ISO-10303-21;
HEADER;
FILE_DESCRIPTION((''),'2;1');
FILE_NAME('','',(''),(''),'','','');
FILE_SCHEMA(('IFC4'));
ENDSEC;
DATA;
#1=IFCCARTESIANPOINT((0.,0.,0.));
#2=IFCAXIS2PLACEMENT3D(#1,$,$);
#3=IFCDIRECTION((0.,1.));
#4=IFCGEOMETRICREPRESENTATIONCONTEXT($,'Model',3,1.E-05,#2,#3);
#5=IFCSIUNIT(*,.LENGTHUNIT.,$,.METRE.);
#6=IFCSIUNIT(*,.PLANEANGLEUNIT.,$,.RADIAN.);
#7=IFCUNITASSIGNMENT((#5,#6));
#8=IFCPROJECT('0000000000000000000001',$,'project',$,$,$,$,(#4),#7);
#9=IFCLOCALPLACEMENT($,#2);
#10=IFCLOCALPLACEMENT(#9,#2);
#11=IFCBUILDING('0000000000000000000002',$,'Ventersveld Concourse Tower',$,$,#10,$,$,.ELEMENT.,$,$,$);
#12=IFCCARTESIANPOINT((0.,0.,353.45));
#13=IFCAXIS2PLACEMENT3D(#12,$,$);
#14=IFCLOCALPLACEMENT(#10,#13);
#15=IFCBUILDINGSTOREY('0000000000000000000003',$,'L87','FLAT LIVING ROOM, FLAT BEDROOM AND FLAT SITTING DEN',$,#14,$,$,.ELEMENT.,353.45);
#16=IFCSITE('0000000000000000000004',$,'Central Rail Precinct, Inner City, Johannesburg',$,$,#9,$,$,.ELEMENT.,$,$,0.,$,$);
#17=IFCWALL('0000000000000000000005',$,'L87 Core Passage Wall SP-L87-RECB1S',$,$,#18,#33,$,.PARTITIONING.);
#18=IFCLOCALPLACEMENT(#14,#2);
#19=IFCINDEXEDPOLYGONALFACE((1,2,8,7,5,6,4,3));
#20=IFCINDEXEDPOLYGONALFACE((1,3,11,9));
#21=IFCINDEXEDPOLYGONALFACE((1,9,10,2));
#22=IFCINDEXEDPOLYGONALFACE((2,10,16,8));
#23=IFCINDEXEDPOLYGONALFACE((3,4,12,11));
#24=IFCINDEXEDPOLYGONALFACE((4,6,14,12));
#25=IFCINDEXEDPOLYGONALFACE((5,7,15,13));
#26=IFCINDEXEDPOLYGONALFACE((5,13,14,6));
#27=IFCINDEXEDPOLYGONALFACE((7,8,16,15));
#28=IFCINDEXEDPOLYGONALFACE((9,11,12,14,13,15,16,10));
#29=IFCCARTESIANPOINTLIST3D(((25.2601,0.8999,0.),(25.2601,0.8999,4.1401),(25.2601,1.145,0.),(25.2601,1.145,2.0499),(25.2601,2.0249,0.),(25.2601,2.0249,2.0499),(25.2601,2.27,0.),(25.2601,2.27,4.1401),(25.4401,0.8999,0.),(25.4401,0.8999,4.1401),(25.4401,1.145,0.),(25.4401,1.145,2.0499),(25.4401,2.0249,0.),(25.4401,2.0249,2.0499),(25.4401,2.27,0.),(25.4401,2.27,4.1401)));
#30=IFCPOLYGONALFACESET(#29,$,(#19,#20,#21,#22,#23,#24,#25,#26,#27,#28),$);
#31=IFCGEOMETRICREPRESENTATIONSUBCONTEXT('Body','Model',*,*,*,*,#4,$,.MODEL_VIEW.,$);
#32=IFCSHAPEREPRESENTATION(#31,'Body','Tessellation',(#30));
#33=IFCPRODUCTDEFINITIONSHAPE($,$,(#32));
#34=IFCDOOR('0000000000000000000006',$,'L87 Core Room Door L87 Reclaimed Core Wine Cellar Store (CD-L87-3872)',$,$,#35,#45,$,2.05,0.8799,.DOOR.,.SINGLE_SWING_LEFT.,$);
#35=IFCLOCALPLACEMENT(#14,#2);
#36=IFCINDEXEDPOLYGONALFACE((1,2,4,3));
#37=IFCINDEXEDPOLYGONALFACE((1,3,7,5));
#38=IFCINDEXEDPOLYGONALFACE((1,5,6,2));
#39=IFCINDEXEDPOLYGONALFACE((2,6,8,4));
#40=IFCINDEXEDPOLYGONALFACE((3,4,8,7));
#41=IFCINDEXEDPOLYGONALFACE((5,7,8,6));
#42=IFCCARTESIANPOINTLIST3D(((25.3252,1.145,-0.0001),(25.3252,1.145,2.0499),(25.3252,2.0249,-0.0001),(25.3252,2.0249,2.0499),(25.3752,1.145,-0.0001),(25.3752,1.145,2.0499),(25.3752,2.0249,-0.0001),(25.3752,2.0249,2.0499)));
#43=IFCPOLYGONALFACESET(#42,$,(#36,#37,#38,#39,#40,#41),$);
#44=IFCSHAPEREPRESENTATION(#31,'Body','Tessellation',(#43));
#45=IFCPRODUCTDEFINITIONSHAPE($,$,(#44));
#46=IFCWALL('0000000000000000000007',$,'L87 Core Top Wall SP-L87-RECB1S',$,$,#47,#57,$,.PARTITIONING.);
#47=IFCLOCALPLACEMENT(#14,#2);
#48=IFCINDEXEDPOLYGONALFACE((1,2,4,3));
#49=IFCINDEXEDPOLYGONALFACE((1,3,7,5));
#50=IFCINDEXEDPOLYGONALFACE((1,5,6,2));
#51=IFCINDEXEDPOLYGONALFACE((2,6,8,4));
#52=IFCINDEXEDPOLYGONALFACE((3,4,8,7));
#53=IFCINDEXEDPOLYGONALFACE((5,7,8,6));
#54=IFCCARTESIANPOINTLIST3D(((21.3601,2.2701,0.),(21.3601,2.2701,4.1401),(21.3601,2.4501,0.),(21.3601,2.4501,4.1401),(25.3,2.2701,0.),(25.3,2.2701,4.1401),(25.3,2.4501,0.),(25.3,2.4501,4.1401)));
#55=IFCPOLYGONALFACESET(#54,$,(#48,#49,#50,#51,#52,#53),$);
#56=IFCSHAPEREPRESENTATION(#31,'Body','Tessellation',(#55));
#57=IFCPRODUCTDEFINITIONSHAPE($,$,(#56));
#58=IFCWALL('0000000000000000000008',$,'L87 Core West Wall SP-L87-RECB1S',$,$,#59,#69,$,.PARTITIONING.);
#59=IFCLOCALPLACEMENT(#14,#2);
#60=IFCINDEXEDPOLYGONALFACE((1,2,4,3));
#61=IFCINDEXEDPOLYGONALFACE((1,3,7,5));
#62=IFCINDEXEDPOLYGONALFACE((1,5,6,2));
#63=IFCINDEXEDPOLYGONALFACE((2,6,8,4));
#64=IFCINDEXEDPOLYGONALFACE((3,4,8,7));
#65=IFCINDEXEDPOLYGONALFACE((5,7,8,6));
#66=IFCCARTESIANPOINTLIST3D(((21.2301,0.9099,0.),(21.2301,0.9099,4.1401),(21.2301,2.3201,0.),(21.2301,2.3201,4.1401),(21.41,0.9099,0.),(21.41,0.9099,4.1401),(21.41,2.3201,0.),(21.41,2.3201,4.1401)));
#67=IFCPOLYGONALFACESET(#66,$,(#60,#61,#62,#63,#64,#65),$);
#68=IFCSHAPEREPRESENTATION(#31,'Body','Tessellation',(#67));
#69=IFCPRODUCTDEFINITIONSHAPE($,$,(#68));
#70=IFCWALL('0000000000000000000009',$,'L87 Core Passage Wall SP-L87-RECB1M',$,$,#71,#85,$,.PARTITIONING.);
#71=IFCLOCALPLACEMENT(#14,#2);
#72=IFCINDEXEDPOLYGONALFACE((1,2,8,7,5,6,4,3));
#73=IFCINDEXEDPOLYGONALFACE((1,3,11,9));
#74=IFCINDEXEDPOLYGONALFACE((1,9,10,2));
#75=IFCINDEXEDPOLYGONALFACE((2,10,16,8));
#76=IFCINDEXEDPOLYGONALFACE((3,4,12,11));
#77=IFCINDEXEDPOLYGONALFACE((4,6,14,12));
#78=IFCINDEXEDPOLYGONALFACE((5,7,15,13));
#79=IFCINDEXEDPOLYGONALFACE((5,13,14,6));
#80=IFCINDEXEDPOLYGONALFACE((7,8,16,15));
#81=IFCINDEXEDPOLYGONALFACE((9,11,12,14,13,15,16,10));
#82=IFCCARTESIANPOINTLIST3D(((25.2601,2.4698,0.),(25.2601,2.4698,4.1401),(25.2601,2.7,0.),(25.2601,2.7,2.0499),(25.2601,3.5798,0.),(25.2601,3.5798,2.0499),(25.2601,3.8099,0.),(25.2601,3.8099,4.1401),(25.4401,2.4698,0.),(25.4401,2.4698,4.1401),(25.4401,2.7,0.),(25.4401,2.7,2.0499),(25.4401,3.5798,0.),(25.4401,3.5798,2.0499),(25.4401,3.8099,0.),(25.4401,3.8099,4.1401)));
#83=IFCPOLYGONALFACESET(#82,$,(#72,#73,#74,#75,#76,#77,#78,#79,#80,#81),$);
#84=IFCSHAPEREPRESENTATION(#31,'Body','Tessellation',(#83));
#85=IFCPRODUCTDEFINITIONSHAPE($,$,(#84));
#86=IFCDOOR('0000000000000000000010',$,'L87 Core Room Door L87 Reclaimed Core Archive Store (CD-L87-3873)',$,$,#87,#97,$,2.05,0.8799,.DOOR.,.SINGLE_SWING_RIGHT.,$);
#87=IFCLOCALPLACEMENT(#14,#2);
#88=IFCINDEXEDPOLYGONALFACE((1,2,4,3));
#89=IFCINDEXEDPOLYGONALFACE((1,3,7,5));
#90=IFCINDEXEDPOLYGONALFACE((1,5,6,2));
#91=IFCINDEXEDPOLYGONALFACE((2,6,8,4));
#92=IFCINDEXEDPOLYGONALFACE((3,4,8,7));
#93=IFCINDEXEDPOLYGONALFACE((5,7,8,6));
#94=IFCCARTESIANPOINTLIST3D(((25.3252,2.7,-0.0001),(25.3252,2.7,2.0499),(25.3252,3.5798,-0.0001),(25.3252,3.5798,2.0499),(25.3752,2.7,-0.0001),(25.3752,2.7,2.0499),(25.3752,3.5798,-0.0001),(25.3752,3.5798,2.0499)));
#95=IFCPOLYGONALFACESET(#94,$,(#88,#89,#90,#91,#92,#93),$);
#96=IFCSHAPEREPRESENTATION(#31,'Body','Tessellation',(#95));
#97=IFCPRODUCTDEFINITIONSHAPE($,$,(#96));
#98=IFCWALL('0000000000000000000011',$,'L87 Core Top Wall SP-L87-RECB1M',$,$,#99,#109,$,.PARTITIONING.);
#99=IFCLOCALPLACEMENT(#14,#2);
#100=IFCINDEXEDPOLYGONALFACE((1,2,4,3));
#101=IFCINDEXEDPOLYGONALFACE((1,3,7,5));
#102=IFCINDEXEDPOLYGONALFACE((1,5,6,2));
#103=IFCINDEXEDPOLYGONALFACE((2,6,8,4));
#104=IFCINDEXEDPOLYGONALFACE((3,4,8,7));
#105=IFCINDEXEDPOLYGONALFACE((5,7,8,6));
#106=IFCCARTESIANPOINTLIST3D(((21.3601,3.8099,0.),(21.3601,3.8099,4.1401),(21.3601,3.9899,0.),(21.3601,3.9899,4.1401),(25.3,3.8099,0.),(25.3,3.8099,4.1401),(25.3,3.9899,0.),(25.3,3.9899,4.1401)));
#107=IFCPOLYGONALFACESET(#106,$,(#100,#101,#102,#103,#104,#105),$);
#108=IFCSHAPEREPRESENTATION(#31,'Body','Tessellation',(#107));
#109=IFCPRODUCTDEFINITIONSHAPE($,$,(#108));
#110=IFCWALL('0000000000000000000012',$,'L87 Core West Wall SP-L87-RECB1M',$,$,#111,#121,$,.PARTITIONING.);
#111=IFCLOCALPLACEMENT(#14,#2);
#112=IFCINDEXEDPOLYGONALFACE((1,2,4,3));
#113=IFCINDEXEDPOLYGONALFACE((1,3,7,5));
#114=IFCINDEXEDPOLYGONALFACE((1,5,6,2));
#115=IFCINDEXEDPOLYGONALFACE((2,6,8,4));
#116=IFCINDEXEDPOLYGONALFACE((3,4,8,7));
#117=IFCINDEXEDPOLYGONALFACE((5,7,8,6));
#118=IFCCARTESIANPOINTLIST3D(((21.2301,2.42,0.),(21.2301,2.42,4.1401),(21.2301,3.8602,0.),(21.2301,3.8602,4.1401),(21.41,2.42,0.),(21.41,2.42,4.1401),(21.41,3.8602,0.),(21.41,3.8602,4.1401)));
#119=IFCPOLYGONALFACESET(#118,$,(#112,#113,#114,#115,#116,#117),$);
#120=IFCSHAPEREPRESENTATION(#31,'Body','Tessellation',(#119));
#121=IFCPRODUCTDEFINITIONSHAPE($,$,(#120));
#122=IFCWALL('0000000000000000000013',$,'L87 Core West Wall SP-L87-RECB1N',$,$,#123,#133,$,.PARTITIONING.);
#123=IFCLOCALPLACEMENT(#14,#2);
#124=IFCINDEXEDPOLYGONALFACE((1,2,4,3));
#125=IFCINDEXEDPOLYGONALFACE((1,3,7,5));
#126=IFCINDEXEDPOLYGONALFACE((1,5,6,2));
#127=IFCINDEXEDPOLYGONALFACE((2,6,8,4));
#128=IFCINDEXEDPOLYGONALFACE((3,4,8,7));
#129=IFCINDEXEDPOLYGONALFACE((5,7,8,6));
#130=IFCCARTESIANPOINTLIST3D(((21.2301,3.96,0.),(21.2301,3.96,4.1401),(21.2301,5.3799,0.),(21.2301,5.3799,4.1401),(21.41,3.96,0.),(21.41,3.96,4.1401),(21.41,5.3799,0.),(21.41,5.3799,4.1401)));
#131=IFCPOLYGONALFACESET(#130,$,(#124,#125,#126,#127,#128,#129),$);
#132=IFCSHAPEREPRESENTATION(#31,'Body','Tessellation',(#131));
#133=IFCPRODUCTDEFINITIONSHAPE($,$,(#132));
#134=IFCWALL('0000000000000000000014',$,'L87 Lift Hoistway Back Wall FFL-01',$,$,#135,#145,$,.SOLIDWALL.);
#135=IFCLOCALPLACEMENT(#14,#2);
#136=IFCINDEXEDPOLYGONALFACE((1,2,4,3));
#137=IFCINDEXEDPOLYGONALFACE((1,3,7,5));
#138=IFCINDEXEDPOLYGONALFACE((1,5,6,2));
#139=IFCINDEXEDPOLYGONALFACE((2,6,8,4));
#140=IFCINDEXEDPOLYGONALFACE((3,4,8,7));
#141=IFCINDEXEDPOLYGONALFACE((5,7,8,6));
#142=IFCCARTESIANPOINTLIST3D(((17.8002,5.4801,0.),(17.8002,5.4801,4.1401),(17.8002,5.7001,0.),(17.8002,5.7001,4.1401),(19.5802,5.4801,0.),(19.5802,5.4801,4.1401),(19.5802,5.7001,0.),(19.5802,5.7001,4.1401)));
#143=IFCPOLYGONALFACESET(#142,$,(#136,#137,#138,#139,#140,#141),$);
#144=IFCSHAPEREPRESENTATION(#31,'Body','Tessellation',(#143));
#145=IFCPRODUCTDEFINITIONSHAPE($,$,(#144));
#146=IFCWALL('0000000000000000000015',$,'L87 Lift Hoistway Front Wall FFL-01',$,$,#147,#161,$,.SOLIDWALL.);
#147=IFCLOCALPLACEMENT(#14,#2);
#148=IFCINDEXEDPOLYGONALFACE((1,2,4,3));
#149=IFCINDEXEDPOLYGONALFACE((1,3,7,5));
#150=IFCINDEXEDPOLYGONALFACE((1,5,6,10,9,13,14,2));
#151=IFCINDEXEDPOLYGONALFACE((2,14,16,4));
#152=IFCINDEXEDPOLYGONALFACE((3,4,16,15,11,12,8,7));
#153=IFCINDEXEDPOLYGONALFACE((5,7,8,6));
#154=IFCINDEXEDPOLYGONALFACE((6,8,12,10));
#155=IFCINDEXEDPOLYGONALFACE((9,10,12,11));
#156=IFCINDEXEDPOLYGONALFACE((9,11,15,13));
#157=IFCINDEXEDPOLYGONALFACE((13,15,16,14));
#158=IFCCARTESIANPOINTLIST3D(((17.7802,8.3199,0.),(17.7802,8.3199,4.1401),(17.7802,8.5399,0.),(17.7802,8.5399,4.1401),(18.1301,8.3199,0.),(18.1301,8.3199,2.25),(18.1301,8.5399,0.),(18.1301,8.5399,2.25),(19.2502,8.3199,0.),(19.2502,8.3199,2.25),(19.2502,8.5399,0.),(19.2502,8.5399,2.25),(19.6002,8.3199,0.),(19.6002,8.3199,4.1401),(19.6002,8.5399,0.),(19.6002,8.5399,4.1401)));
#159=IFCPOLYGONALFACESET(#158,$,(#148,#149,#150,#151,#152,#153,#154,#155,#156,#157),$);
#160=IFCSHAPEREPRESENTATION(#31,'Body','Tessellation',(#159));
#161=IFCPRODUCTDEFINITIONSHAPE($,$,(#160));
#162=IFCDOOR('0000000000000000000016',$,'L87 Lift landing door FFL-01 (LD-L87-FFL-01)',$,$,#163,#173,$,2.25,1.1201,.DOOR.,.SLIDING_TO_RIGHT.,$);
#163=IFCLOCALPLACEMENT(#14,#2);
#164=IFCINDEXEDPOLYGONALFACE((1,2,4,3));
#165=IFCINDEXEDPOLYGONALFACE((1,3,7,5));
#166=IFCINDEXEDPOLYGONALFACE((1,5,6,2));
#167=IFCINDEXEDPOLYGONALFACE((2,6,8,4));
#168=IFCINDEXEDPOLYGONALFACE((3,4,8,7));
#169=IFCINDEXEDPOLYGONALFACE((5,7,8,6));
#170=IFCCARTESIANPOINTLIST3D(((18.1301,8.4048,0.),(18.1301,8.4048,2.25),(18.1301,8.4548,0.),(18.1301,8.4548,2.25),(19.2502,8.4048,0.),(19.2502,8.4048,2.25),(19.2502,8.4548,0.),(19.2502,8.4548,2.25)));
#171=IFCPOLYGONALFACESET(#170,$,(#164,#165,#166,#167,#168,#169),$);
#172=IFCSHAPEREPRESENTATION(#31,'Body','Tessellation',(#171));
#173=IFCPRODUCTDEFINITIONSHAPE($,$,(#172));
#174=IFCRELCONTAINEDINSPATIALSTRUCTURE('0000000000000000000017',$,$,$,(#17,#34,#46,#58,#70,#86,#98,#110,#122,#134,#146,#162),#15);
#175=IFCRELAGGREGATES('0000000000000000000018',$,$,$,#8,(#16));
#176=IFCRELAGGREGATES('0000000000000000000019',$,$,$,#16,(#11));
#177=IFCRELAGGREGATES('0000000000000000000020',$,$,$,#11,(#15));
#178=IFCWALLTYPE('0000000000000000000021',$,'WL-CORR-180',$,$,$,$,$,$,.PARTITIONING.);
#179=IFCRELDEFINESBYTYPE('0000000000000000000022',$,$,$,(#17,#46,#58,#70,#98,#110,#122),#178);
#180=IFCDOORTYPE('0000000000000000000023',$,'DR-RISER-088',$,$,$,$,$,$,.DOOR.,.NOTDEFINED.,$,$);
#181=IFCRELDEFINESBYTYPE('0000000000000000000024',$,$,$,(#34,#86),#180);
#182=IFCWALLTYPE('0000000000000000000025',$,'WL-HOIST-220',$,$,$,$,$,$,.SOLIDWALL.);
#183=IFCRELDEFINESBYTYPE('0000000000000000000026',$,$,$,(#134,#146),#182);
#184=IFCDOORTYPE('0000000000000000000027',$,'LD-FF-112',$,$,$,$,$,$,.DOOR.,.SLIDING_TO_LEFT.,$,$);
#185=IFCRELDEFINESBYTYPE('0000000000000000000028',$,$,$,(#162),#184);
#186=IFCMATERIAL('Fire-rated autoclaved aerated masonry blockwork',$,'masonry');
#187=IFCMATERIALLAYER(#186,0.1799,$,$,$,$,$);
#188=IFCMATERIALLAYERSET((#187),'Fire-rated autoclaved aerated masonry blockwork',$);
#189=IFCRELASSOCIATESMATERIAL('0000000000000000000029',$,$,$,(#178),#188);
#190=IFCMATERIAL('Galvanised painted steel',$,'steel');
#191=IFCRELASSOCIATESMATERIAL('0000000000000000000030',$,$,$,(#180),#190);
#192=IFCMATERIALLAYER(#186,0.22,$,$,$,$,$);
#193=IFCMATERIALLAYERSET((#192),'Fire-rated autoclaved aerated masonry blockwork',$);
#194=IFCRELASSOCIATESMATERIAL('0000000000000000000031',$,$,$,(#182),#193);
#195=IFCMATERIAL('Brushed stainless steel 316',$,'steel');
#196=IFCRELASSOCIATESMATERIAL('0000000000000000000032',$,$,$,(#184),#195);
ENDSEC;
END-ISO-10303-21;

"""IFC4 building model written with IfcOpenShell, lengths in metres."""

from ifc_helpers import new_model, si_unit, direction, frame, frame_2d, origin, place, context, subcontext, project, spatial, rectangle, extrude, material, layer, layer_set, type_object, element, fill, save


model = new_model("IFC4")

# Units and contexts
model_context = context("Model", 3, precision=1e-05, world=origin(), true_north=direction((0.0, 1.0)))
body_context = subcontext(model_context, "Body", "Model", "MODEL_VIEW")
ifc_project = project(units=[si_unit("LENGTHUNIT", "METRE"), si_unit("PLANEANGLEUNIT", "RADIAN")], contexts=[model_context])

# Site, building, storey
site_placement = place(None, origin())
site = spatial("IfcSite", under=ifc_project, at=site_placement, Name="Central Rail Precinct, Inner City, Johannesburg", CompositionType="ELEMENT", RefElevation=0.0)
building_placement = place(site_placement, origin())
building = spatial("IfcBuilding", under=site, at=building_placement, Name="Ventersveld Concourse Tower", CompositionType="ELEMENT")
storey_placement = place(building_placement, frame((0.0, 0.0, 353.45)))
storey = spatial("IfcBuildingStorey", under=building, at=storey_placement, Name="L87", Description="FLAT LIVING ROOM, FLAT BEDROOM AND FLAT SITTING DEN", CompositionType="ELEMENT", Elevation=353.45)

# Wall, opening, door
ifc_material_1 = material(Name="Fire-rated autoclaved aerated masonry blockwork", Category="masonry")
ifc_layer_1 = layer(ifc_material_1, 0.1799)
ifc_layer_set_1 = layer_set([ifc_layer_1], Name="Fire-rated autoclaved aerated masonry blockwork")
wall_type_1 = type_object("IfcWallType", Name="WL-CORR-180", PredefinedType="PARTITIONING", material=ifc_layer_set_1)
wall_1_placement = place(storey_placement, frame((25.3501, 0.8999, 0.0), z_axis=(0.0, 0.0, 1.0), x_axis=(0.0, 1.0, 0.0)))
wall_1 = element("IfcWall", 1, at=wall_1_placement, inside=storey, type_object=wall_type_1, Name="L87 Core Passage Wall SP-L87-RECB1S", PredefinedType="PARTITIONING", context=body_context, shape_type="SweptSolid", body=[
    extrude(rectangle(XDim=1.3701, YDim=0.1799, at=frame_2d((0.6851, 0.0))), origin(), (0.0, 0.0, 1.0), 4.1401),
])
opening_1_placement = place(wall_1_placement, frame((0.2451, 0.0, 0.0)))
opening_1 = element("IfcOpeningElement", 2, at=opening_1_placement, cuts=wall_1, PredefinedType="OPENING", context=body_context, shape_type="SweptSolid", body=[
    extrude(rectangle(XDim=0.8799, YDim=2.05, at=frame_2d((0.4399, 1.0249))), frame((0.0, 0.1001, 0.0), z_axis=(0.0, -1.0, 0.0), x_axis=(1.0, 0.0, 0.0)), (0.0, 0.0, 1.0), 0.2),
])
ifc_material_2 = material(Name="Galvanised painted steel", Category="steel")
door_type_1 = type_object("IfcDoorType", Name="DR-RISER-088", OperationType="NOTDEFINED", PredefinedType="DOOR", material=ifc_material_2)
door_1_placement = place(opening_1_placement, origin())
door_1 = element("IfcDoor", 3, at=door_1_placement, inside=storey, type_object=door_type_1, Name="L87 Core Room Door L87 Reclaimed Core Wine Cellar Store (CD-L87-3872)", OperationType="SINGLE_SWING_LEFT", OverallHeight=2.05, OverallWidth=0.8799, PredefinedType="DOOR", context=body_context, shape_type="SweptSolid", body=[
    extrude(rectangle(XDim=0.8799, YDim=2.05, at=frame_2d((0.4399, 1.0249))), frame((0.0, 0.0249, 0.0), z_axis=(0.0, -1.0, 0.0), x_axis=(1.0, 0.0, 0.0)), (0.0, 0.0, 1.0), 0.05),
])
fill(opening_1, door_1)

# Walls
wall_2_placement = place(storey_placement, frame((21.3601, 2.3601, 0.0), z_axis=(0.0, 0.0, 1.0), x_axis=(1.0, 0.0, 0.0)))
element("IfcWall", 4, at=wall_2_placement, inside=storey, type_object=wall_type_1, Name="L87 Core Top Wall SP-L87-RECB1S", PredefinedType="PARTITIONING", context=body_context, shape_type="SweptSolid", body=[
    extrude(rectangle(XDim=3.9399, YDim=0.1799, at=frame_2d((1.97, 0.0))), origin(), (0.0, 0.0, 1.0), 4.1401),
])
wall_3_placement = place(storey_placement, frame((21.3201, 0.9099, 0.0), z_axis=(0.0, 0.0, 1.0), x_axis=(0.0, 1.0, 0.0)))
element("IfcWall", 5, at=wall_3_placement, inside=storey, type_object=wall_type_1, Name="L87 Core West Wall SP-L87-RECB1S", PredefinedType="PARTITIONING", context=body_context, shape_type="SweptSolid", body=[
    extrude(rectangle(XDim=1.4102, YDim=0.1799, at=frame_2d((0.7051, 0.0))), origin(), (0.0, 0.0, 1.0), 4.1401),
])

# Wall, opening, door
wall_4_placement = place(storey_placement, frame((25.3501, 2.47, 0.0), z_axis=(0.0, 0.0, 1.0), x_axis=(0.0, 1.0, 0.0)))
wall_4 = element("IfcWall", 6, at=wall_4_placement, inside=storey, type_object=wall_type_1, Name="L87 Core Passage Wall SP-L87-RECB1M", PredefinedType="PARTITIONING", context=body_context, shape_type="SweptSolid", body=[
    extrude(rectangle(XDim=1.3401, YDim=0.1799, at=frame_2d((0.6699, 0.0))), origin(), (0.0, 0.0, 1.0), 4.1401),
])
opening_2_placement = place(wall_4_placement, frame((0.23, 0.0, 0.0)))
opening_2 = element("IfcOpeningElement", 7, at=opening_2_placement, cuts=wall_4, PredefinedType="OPENING", context=body_context, shape_type="SweptSolid", body=[
    extrude(rectangle(XDim=0.8799, YDim=2.05, at=frame_2d((0.4399, 1.0249))), frame((0.0, 0.1001, 0.0), z_axis=(0.0, -1.0, 0.0), x_axis=(1.0, 0.0, 0.0)), (0.0, 0.0, 1.0), 0.2),
])
door_2_placement = place(opening_2_placement, origin())
door_2 = element("IfcDoor", 8, at=door_2_placement, inside=storey, type_object=door_type_1, Name="L87 Core Room Door L87 Reclaimed Core Archive Store (CD-L87-3873)", OperationType="SINGLE_SWING_RIGHT", OverallHeight=2.05, OverallWidth=0.8799, PredefinedType="DOOR", context=body_context, shape_type="SweptSolid", body=[
    extrude(rectangle(XDim=0.8799, YDim=2.05, at=frame_2d((0.4399, 1.0249))), frame((0.0, 0.0249, 0.0), z_axis=(0.0, -1.0, 0.0), x_axis=(1.0, 0.0, 0.0)), (0.0, 0.0, 1.0), 0.05),
])
fill(opening_2, door_2)

# Walls
wall_5_placement = place(storey_placement, frame((21.3601, 3.8999, 0.0), z_axis=(0.0, 0.0, 1.0), x_axis=(1.0, 0.0, 0.0)))
element("IfcWall", 9, at=wall_5_placement, inside=storey, type_object=wall_type_1, Name="L87 Core Top Wall SP-L87-RECB1M", PredefinedType="PARTITIONING", context=body_context, shape_type="SweptSolid", body=[
    extrude(rectangle(XDim=3.9399, YDim=0.1799, at=frame_2d((1.97, 0.0))), origin(), (0.0, 0.0, 1.0), 4.1401),
])
wall_6_placement = place(storey_placement, frame((21.3201, 2.4199, 0.0), z_axis=(0.0, 0.0, 1.0), x_axis=(0.0, 1.0, 0.0)))
element("IfcWall", 10, at=wall_6_placement, inside=storey, type_object=wall_type_1, Name="L87 Core West Wall SP-L87-RECB1M", PredefinedType="PARTITIONING", context=body_context, shape_type="SweptSolid", body=[
    extrude(rectangle(XDim=1.4402, YDim=0.1799, at=frame_2d((0.7202, 0.0))), origin(), (0.0, 0.0, 1.0), 4.1401),
])
wall_7_placement = place(storey_placement, frame((21.3201, 3.96, 0.0), z_axis=(0.0, 0.0, 1.0), x_axis=(0.0, 1.0, 0.0)))
element("IfcWall", 11, at=wall_7_placement, inside=storey, type_object=wall_type_1, Name="L87 Core West Wall SP-L87-RECB1N", PredefinedType="PARTITIONING", context=body_context, shape_type="SweptSolid", body=[
    extrude(rectangle(XDim=1.4199, YDim=0.1799, at=frame_2d((0.71, 0.0))), origin(), (0.0, 0.0, 1.0), 4.1401),
])
ifc_layer_2 = layer(ifc_material_1, 0.22)
ifc_layer_set_2 = layer_set([ifc_layer_2], Name="Fire-rated autoclaved aerated masonry blockwork")
wall_type_2 = type_object("IfcWallType", Name="WL-HOIST-220", PredefinedType="SOLIDWALL", material=ifc_layer_set_2)
wall_8_placement = place(storey_placement, frame((17.8, 5.5901, 0.0), z_axis=(0.0, 0.0, 1.0), x_axis=(1.0, 0.0, 0.0)))
element("IfcWall", 12, at=wall_8_placement, inside=storey, type_object=wall_type_2, Name="L87 Lift Hoistway Back Wall FFL-01", PredefinedType="SOLIDWALL", context=body_context, shape_type="SweptSolid", body=[
    extrude(rectangle(XDim=1.78, YDim=0.22, at=frame_2d((0.8901, 0.0))), origin(), (0.0, 0.0, 1.0), 4.1401),
])

# Wall, opening, door
wall_9_placement = place(storey_placement, frame((17.78, 8.4299, 0.0), z_axis=(0.0, 0.0, 1.0), x_axis=(1.0, 0.0, 0.0)))
wall_9 = element("IfcWall", 13, at=wall_9_placement, inside=storey, type_object=wall_type_2, Name="L87 Lift Hoistway Front Wall FFL-01", PredefinedType="SOLIDWALL", context=body_context, shape_type="SweptSolid", body=[
    extrude(rectangle(XDim=1.8201, YDim=0.22, at=frame_2d((0.9102, 0.0))), origin(), (0.0, 0.0, 1.0), 4.1401),
])
opening_3_placement = place(wall_9_placement, frame((0.3501, 0.0, 0.0)))
opening_3 = element("IfcOpeningElement", 14, at=opening_3_placement, cuts=wall_9, PredefinedType="OPENING", context=body_context, shape_type="SweptSolid", body=[
    extrude(rectangle(XDim=1.1201, YDim=2.25, at=frame_2d((0.5601, 1.125))), frame((0.0, 0.1201, 0.0), z_axis=(0.0, -1.0, 0.0), x_axis=(1.0, 0.0, 0.0)), (0.0, 0.0, 1.0), 0.24),
])
ifc_material_3 = material(Name="Brushed stainless steel 316", Category="steel")
door_type_2 = type_object("IfcDoorType", Name="LD-FF-112", OperationType="SLIDING_TO_LEFT", PredefinedType="DOOR", material=ifc_material_3)
door_3_placement = place(opening_3_placement, origin())
door_3 = element("IfcDoor", 15, at=door_3_placement, inside=storey, type_object=door_type_2, Name="L87 Lift landing door FFL-01 (LD-L87-FFL-01)", OperationType="SLIDING_TO_RIGHT", OverallHeight=2.25, OverallWidth=1.1201, PredefinedType="DOOR", context=body_context, shape_type="SweptSolid", body=[
    extrude(rectangle(XDim=1.1201, YDim=2.25, at=frame_2d((0.5601, 1.125))), frame((0.0, 0.0249, 0.0), z_axis=(0.0, -1.0, 0.0), x_axis=(1.0, 0.0, 0.0)), (0.0, 0.0, 1.0), 0.05),
])
fill(opening_3, door_3)

save(model, "model.ifc")
